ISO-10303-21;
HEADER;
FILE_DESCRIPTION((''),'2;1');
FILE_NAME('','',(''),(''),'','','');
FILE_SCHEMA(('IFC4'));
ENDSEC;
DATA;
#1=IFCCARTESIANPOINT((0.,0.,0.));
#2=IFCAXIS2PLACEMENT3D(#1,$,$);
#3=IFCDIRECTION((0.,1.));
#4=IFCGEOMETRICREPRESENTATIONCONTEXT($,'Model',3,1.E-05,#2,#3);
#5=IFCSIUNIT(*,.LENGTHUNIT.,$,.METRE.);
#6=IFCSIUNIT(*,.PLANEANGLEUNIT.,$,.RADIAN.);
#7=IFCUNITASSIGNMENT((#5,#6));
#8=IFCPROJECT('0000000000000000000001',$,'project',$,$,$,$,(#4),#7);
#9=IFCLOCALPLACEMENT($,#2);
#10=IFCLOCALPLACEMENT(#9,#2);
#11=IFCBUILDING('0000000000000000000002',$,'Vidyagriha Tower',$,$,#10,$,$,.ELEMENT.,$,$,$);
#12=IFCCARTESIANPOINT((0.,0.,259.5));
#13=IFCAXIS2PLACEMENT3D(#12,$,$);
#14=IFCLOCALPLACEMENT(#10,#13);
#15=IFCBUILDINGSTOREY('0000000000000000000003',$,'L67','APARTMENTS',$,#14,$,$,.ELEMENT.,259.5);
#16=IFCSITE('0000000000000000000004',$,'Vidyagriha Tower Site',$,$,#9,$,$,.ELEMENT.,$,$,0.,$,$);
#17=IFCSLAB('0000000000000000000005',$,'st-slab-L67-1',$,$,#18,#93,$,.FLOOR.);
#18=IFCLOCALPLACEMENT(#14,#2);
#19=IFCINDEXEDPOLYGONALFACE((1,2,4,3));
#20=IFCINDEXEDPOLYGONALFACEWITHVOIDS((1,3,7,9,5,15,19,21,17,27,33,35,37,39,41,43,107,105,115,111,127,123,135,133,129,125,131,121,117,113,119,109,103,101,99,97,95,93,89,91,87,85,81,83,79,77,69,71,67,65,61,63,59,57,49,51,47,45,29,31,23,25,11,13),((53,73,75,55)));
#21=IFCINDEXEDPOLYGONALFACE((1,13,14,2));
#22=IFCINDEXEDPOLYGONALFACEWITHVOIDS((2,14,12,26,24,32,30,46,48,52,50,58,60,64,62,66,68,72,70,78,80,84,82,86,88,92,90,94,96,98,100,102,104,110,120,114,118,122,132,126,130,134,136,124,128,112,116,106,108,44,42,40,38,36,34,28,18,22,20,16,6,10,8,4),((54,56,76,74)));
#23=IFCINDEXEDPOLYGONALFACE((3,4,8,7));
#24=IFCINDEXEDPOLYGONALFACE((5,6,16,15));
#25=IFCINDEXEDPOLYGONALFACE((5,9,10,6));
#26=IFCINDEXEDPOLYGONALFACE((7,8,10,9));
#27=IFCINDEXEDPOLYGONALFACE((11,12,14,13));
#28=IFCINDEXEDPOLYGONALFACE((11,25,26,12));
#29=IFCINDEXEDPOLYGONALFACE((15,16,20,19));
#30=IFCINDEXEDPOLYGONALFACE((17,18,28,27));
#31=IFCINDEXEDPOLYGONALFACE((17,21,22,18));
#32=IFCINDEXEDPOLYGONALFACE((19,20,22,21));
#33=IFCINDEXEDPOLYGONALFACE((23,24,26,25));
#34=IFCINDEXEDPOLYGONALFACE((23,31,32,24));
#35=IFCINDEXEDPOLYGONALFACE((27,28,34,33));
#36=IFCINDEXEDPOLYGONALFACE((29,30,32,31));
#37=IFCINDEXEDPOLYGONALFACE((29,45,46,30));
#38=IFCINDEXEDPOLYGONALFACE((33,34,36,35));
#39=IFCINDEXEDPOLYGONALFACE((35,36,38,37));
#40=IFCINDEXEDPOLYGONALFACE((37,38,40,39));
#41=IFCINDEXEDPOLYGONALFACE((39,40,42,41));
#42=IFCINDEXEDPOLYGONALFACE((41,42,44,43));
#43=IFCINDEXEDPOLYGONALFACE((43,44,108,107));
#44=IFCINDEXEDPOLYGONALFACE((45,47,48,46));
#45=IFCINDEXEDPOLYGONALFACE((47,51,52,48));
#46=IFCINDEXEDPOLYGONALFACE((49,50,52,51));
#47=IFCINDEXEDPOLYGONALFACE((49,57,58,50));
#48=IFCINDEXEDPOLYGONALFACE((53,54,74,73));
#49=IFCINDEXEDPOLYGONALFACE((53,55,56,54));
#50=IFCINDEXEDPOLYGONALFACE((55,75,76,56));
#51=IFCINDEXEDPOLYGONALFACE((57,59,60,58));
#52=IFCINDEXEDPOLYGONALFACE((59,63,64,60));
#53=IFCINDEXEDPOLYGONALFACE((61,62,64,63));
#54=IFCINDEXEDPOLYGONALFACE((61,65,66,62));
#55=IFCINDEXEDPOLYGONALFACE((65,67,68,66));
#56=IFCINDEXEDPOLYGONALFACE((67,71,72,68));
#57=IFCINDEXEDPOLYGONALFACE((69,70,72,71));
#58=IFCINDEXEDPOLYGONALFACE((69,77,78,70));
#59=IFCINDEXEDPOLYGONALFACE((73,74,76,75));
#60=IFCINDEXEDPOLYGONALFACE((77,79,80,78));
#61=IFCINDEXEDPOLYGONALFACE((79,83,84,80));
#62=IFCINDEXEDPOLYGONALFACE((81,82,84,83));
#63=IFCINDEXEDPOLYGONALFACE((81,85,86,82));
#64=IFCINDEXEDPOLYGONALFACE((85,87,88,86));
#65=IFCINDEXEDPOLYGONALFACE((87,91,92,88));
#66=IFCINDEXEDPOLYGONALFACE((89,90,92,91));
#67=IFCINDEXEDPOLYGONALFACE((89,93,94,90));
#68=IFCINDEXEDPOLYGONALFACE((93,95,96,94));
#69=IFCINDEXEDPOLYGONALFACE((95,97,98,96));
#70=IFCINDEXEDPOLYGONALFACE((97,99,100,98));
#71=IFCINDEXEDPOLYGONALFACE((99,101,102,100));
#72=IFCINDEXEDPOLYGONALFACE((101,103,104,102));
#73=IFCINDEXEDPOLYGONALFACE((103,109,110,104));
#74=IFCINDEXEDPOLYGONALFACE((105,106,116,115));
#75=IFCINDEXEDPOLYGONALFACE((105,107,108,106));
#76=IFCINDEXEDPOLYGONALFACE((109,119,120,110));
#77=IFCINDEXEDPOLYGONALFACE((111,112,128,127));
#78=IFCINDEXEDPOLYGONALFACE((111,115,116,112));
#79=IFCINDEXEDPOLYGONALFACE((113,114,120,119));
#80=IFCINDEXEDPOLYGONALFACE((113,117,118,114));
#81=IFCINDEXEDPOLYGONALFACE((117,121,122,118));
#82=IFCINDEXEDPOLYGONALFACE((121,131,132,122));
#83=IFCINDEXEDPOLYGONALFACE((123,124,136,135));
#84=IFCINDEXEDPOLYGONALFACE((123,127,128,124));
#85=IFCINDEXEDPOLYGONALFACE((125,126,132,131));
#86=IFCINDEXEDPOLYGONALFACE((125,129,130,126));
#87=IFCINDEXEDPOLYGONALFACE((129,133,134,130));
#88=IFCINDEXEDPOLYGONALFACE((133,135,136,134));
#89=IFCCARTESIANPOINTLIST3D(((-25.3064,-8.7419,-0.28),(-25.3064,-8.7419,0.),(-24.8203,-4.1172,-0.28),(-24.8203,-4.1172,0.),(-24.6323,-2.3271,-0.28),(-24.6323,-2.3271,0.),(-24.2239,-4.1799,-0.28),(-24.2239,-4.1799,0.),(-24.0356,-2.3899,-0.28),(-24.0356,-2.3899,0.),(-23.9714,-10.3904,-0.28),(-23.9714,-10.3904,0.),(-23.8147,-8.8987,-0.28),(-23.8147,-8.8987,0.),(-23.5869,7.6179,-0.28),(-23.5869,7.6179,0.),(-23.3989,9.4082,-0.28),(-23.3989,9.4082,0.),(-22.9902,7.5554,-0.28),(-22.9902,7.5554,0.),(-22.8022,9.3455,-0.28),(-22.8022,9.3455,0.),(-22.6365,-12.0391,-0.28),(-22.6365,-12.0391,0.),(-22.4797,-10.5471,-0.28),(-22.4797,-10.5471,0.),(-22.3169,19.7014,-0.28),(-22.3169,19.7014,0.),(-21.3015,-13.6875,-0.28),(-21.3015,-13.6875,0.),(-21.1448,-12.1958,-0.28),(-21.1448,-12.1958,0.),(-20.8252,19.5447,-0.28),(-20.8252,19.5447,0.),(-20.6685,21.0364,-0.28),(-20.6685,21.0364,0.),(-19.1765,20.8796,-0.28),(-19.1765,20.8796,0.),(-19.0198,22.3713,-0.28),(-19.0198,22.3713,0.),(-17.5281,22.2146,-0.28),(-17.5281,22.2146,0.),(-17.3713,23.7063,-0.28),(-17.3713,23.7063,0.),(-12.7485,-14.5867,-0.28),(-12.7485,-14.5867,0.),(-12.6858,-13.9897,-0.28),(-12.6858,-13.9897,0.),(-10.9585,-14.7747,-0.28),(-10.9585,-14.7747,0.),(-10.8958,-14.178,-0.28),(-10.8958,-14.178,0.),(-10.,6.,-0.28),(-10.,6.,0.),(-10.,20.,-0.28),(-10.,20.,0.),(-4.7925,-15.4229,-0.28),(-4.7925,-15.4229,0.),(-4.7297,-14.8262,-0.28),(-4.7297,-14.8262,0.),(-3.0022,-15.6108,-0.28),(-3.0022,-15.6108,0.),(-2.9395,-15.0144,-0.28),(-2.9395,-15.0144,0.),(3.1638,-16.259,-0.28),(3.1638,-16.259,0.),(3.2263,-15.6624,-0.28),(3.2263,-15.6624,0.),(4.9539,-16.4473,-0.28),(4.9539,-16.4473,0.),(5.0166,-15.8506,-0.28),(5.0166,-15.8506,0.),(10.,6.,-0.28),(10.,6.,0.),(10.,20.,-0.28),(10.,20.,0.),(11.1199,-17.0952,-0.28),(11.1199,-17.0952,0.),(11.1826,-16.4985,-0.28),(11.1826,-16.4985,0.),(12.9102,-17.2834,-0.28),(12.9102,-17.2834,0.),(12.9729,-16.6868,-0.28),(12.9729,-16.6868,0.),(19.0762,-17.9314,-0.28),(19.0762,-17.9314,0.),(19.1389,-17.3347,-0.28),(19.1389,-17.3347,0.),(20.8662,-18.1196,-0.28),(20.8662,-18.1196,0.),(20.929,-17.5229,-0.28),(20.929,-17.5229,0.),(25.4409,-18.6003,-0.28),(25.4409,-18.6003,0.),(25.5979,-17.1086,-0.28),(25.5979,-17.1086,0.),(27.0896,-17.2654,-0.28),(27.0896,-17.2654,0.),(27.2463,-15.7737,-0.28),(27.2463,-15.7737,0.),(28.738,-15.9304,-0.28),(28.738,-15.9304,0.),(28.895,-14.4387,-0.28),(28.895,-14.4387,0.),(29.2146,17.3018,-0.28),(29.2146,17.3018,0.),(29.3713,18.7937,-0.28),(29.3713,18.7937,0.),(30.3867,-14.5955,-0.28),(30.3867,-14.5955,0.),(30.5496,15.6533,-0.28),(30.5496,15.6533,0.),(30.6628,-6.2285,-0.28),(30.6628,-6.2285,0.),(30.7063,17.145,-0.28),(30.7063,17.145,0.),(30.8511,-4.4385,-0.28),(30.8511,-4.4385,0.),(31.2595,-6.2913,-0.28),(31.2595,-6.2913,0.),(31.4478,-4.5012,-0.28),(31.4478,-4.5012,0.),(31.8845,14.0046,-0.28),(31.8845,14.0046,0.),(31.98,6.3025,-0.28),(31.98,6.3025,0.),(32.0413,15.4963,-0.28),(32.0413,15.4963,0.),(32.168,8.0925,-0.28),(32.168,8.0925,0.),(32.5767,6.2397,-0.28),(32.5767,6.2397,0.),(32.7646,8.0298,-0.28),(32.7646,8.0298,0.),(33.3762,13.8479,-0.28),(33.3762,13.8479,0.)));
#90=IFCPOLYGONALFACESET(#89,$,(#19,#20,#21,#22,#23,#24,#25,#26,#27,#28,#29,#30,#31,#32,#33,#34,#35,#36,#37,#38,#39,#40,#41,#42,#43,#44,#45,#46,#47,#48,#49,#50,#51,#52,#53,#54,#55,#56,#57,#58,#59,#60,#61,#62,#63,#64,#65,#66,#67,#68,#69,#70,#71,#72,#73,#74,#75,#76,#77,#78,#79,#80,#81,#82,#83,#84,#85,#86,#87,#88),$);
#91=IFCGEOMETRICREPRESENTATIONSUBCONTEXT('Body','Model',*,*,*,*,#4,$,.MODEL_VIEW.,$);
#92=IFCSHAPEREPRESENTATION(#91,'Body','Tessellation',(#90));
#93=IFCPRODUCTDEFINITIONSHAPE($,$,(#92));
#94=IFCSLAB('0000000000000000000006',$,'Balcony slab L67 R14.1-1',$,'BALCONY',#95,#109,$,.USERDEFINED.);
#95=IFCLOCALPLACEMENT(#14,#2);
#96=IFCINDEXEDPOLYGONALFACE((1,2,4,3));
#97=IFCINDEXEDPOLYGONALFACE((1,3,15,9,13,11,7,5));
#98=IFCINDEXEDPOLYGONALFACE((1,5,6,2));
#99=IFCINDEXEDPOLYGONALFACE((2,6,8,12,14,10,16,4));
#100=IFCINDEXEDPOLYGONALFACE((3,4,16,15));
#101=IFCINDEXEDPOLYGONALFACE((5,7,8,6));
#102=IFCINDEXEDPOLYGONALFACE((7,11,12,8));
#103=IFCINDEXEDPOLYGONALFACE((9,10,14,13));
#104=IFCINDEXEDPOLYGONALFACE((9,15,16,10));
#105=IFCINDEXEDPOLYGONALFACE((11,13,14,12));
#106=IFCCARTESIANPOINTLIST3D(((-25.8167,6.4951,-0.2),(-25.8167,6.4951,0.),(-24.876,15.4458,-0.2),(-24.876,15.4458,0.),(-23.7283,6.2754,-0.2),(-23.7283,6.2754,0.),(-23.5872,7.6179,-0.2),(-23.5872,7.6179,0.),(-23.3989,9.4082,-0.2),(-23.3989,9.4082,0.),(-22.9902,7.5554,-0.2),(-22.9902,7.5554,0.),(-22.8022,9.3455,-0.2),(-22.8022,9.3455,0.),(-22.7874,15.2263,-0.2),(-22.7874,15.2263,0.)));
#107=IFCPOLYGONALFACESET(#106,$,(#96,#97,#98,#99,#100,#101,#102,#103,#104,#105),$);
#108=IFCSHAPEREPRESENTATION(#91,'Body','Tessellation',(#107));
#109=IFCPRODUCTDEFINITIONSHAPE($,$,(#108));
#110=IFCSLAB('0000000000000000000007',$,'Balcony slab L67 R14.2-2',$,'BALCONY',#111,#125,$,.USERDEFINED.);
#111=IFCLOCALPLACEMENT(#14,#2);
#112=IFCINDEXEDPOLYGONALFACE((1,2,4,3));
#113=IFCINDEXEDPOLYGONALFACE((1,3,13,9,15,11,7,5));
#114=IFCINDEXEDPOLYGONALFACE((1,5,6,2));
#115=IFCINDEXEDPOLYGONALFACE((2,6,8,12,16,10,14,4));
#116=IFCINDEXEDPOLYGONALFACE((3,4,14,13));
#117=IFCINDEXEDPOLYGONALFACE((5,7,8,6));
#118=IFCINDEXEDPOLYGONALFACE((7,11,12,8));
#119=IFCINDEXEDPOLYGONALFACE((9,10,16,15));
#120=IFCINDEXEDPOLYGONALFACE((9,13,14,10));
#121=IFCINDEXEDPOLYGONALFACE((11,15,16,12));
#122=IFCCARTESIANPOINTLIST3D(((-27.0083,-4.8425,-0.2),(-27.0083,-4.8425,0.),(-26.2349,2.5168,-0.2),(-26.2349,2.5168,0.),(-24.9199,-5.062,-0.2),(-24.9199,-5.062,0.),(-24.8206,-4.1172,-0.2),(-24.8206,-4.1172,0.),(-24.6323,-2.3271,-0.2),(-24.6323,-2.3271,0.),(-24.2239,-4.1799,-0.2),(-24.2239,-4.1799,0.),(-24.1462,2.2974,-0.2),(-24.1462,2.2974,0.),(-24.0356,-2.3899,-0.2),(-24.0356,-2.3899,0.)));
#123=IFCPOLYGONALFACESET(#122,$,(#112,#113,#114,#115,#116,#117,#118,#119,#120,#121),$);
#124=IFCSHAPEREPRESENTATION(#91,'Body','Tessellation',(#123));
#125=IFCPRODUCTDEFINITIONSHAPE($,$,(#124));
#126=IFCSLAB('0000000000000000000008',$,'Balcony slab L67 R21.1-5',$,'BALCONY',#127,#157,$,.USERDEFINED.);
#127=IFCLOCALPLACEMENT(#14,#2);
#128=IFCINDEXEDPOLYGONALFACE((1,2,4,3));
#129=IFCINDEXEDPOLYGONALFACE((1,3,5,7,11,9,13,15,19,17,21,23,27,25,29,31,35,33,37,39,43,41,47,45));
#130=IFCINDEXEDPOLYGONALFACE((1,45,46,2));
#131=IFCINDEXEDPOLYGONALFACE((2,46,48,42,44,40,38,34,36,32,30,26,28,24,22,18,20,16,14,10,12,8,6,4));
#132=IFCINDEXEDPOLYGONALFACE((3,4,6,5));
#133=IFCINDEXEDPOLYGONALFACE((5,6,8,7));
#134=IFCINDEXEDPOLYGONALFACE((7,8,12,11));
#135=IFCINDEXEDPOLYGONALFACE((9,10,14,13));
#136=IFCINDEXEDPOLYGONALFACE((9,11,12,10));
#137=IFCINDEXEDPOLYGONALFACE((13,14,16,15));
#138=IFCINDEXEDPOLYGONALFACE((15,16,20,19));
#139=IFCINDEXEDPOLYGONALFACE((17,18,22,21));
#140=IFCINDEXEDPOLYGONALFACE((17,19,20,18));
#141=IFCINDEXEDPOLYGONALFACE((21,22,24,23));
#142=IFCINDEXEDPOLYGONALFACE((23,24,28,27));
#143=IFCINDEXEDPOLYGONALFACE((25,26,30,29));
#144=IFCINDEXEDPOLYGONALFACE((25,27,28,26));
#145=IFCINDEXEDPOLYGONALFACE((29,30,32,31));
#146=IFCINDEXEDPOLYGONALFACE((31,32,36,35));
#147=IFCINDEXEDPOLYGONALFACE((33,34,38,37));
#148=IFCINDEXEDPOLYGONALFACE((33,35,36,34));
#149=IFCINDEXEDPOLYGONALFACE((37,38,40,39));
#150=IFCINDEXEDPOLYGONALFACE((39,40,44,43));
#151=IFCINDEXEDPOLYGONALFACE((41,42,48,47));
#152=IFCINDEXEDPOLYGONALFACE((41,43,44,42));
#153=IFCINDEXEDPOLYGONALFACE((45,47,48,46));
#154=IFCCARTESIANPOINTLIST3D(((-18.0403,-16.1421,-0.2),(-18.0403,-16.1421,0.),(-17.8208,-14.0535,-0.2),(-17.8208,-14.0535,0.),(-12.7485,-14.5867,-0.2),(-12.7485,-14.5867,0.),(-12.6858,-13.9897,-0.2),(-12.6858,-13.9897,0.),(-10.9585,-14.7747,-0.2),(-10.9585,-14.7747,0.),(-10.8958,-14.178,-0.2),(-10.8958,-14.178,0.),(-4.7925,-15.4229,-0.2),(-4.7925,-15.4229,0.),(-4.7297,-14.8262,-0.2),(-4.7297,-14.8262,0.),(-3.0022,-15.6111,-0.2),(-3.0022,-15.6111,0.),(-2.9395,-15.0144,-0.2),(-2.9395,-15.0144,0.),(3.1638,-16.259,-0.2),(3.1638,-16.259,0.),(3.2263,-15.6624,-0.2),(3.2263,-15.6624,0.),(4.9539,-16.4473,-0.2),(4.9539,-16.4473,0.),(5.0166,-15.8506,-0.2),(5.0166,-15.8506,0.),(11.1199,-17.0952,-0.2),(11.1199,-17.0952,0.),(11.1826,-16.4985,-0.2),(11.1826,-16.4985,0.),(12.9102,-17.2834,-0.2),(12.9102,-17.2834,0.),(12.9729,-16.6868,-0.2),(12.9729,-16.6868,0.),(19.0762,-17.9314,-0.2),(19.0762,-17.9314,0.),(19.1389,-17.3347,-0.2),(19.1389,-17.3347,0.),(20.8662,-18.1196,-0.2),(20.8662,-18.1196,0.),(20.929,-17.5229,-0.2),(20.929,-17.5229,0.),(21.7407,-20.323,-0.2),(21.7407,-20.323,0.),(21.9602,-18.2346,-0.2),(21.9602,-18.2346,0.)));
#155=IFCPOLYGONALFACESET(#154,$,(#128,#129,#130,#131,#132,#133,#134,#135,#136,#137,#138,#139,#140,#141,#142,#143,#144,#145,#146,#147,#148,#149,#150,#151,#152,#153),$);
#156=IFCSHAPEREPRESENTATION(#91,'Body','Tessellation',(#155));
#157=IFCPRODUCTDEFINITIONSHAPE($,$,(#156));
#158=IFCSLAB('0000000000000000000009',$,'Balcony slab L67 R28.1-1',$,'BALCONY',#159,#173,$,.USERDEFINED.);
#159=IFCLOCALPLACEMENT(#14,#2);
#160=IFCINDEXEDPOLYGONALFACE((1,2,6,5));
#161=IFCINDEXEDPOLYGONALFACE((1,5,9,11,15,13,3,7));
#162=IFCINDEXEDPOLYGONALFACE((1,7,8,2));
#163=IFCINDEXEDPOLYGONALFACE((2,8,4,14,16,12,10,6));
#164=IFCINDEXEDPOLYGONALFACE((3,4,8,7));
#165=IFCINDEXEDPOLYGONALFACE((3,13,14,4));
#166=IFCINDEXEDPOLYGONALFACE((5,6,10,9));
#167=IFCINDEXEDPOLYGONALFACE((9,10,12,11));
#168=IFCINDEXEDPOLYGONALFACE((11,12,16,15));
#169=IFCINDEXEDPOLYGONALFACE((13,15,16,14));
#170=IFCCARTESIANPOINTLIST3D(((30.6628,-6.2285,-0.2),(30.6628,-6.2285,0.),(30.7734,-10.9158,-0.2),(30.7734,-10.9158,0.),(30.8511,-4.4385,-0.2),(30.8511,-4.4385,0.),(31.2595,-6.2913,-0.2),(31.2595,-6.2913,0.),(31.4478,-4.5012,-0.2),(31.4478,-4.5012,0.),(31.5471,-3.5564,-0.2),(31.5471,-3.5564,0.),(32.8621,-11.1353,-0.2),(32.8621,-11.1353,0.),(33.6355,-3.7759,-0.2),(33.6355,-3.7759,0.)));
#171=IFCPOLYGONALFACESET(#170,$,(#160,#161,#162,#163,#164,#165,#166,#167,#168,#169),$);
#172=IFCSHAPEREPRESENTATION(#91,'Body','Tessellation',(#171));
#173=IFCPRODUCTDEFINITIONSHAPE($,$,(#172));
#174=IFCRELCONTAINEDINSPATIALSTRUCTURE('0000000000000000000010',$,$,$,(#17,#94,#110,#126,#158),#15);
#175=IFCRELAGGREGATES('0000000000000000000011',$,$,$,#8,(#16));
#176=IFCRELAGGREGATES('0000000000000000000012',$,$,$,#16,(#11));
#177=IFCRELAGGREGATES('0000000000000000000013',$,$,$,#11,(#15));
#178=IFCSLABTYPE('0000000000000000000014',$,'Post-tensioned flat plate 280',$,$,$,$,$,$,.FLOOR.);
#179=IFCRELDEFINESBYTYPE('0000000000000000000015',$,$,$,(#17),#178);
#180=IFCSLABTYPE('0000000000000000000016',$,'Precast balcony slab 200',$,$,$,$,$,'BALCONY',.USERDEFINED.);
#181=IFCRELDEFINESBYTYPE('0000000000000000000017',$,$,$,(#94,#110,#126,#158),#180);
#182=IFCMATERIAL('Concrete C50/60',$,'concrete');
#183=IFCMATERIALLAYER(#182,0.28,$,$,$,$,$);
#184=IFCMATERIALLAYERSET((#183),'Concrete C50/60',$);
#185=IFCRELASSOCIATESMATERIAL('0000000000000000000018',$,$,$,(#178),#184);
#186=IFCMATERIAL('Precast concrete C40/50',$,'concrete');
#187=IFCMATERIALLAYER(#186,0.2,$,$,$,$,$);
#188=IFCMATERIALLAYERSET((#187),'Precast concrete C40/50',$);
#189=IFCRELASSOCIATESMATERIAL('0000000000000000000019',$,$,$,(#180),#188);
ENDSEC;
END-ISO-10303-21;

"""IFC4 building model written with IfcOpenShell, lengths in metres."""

from ifc_helpers import new_model, si_unit, direction, frame, origin, place, context, subcontext, project, spatial, polyline, outline, extrude, material, layer, layer_set, type_object, element, save


model = new_model("IFC4")

# Units and contexts
model_context = context("Model", 3, precision=1e-05, world=origin(), true_north=direction((0.0, 1.0)))
body_context = subcontext(model_context, "Body", "Model", "MODEL_VIEW")
ifc_project = project(units=[si_unit("LENGTHUNIT", "METRE"), si_unit("PLANEANGLEUNIT", "RADIAN")], contexts=[model_context])

# Site, building, storey
site_placement = place(None, origin())
site = spatial("IfcSite", under=ifc_project, at=site_placement, Name="Vidyagriha Tower Site", CompositionType="ELEMENT", RefElevation=0.0)
building_placement = place(site_placement, origin())
building = spatial("IfcBuilding", under=site, at=building_placement, Name="Vidyagriha Tower", CompositionType="ELEMENT")
storey_placement = place(building_placement, frame((0.0, 0.0, 259.5)))
storey = spatial("IfcBuildingStorey", under=building, at=storey_placement, Name="L67", Description="APARTMENTS", CompositionType="ELEMENT", Elevation=259.5)

# Slabs
ifc_material_1 = material(Name="Concrete C50/60", Category="concrete")
ifc_layer_1 = layer(ifc_material_1, 0.28)
ifc_layer_set_1 = layer_set([ifc_layer_1], Name="Concrete C50/60")
slab_type_1 = type_object("IfcSlabType", Name="Post-tensioned flat plate 280", PredefinedType="FLOOR", material=ifc_layer_set_1)
slab_1_placement = place(storey_placement, frame((0.0, 0.0, -0.28)))
element("IfcSlab", 1, at=slab_1_placement, inside=storey, type_object=slab_type_1, Name="st-slab-L67-1", PredefinedType="FLOOR", context=body_context, shape_type="SweptSolid", body=[
    extrude(outline(polyline([(28.738, -15.9304), (27.2463, -15.7737), (27.0896, -17.2654), (25.5979, -17.1086), (25.4409, -18.6003), (20.8662, -18.1196), (20.929, -17.5229), (19.1389, -17.3347), (19.0762, -17.9314), (12.9102, -17.2834), (12.9729, -16.6868), (11.1826, -16.4985), (11.1199, -17.0952), (4.9539, -16.4473), (5.0166, -15.8506), (3.2263, -15.6624), (3.1638, -16.259), (-3.0022, -15.6108), (-2.9395, -15.0144), (-4.7297, -14.8262), (-4.7925, -15.4229), (-10.9585, -14.7747), (-10.8958, -14.178), (-12.6858, -13.9897), (-12.7485, -14.5867), (-21.3015, -13.6875), (-21.1448, -12.1958), (-22.6365, -12.0391), (-22.4797, -10.5471), (-23.9714, -10.3904), (-23.8147, -8.8987), (-25.3064, -8.7419), (-24.8203, -4.1172), (-24.2239, -4.1799), (-24.0356, -2.3899), (-24.6323, -2.3271), (-23.5869, 7.6179), (-22.9902, 7.5554), (-22.8022, 9.3455), (-23.3989, 9.4082), (-22.3169, 19.7014), (-20.8252, 19.5447), (-20.6685, 21.0364), (-19.1765, 20.8796), (-19.0198, 22.3713), (-17.5281, 22.2146), (-17.3713, 23.7063), (29.3713, 18.7937), (29.2146, 17.3018), (30.7063, 17.145), (30.5496, 15.6533), (32.0413, 15.4963), (31.8845, 14.0046), (33.3762, 13.8479), (32.7646, 8.0298), (32.168, 8.0925), (31.98, 6.3025), (32.5767, 6.2397), (31.4478, -4.5012), (30.8511, -4.4385), (30.6628, -6.2285), (31.2595, -6.2913), (30.3867, -14.5955), (28.895, -14.4387), (28.738, -15.9304)]), holes=[polyline([(-10.0, 20.0), (-10.0, 6.0), (10.0, 6.0), (10.0, 20.0), (-10.0, 20.0)])]), origin(), (0.0, 0.0, 1.0), 0.28),
])
ifc_material_2 = material(Name="Precast concrete C40/50", Category="concrete")
ifc_layer_2 = layer(ifc_material_2, 0.2)
ifc_layer_set_2 = layer_set([ifc_layer_2], Name="Precast concrete C40/50")
slab_type_2 = type_object("IfcSlabType", Name="Precast balcony slab 200", ElementType="BALCONY", PredefinedType="USERDEFINED", material=ifc_layer_set_2)
slab_2_placement = place(storey_placement, frame((0.0, 0.0, -0.2)))
element("IfcSlab", 2, at=slab_2_placement, inside=storey, type_object=slab_type_2, Name="Balcony slab L67 R14.1-1", ObjectType="BALCONY", PredefinedType="USERDEFINED", context=body_context, shape_type="SweptSolid", body=[
    extrude(outline(polyline([(-22.9902, 7.5554), (-22.8022, 9.3455), (-23.3989, 9.4082), (-22.7874, 15.2263), (-24.876, 15.4458), (-25.8167, 6.4951), (-23.7283, 6.2754), (-23.5872, 7.6179), (-22.9902, 7.5554)])), origin(), (0.0, 0.0, 1.0), 0.2),
])
slab_3_placement = place(storey_placement, frame((0.0, 0.0, -0.2)))
element("IfcSlab", 3, at=slab_3_placement, inside=storey, type_object=slab_type_2, Name="Balcony slab L67 R14.2-2", ObjectType="BALCONY", PredefinedType="USERDEFINED", context=body_context, shape_type="SweptSolid", body=[
    extrude(outline(polyline([(-24.2239, -4.1799), (-24.0356, -2.3899), (-24.6323, -2.3271), (-24.1462, 2.2974), (-26.2349, 2.5168), (-27.0083, -4.8425), (-24.9199, -5.062), (-24.8206, -4.1172), (-24.2239, -4.1799)])), origin(), (0.0, 0.0, 1.0), 0.2),
])
slab_4_placement = place(storey_placement, frame((0.0, 0.0, -0.2)))
element("IfcSlab", 4, at=slab_4_placement, inside=storey, type_object=slab_type_2, Name="Balcony slab L67 R21.1-5", ObjectType="BALCONY", PredefinedType="USERDEFINED", context=body_context, shape_type="SweptSolid", body=[
    extrude(outline(polyline([(20.8662, -18.1196), (20.929, -17.5229), (19.1389, -17.3347), (19.0762, -17.9314), (12.9102, -17.2834), (12.9729, -16.6868), (11.1826, -16.4985), (11.1199, -17.0952), (4.9539, -16.4473), (5.0166, -15.8506), (3.2263, -15.6624), (3.1638, -16.259), (-3.0022, -15.6111), (-2.9395, -15.0144), (-4.7297, -14.8262), (-4.7925, -15.4229), (-10.9585, -14.7747), (-10.8958, -14.178), (-12.6858, -13.9897), (-12.7485, -14.5867), (-17.8208, -14.0535), (-18.0403, -16.1421), (21.7407, -20.323), (21.9602, -18.2346), (20.8662, -18.1196)])), origin(), (0.0, 0.0, 1.0), 0.2),
])
slab_5_placement = place(storey_placement, frame((0.0, 0.0, -0.2)))
element("IfcSlab", 5, at=slab_5_placement, inside=storey, type_object=slab_type_2, Name="Balcony slab L67 R28.1-1", ObjectType="BALCONY", PredefinedType="USERDEFINED", context=body_context, shape_type="SweptSolid", body=[
    extrude(outline(polyline([(31.2595, -6.2913), (30.7734, -10.9158), (32.8621, -11.1353), (33.6355, -3.7759), (31.5471, -3.5564), (31.4478, -4.5012), (30.8511, -4.4385), (30.6628, -6.2285), (31.2595, -6.2913)])), origin(), (0.0, 0.0, 1.0), 0.2),
])

save(model, "model.ifc")
